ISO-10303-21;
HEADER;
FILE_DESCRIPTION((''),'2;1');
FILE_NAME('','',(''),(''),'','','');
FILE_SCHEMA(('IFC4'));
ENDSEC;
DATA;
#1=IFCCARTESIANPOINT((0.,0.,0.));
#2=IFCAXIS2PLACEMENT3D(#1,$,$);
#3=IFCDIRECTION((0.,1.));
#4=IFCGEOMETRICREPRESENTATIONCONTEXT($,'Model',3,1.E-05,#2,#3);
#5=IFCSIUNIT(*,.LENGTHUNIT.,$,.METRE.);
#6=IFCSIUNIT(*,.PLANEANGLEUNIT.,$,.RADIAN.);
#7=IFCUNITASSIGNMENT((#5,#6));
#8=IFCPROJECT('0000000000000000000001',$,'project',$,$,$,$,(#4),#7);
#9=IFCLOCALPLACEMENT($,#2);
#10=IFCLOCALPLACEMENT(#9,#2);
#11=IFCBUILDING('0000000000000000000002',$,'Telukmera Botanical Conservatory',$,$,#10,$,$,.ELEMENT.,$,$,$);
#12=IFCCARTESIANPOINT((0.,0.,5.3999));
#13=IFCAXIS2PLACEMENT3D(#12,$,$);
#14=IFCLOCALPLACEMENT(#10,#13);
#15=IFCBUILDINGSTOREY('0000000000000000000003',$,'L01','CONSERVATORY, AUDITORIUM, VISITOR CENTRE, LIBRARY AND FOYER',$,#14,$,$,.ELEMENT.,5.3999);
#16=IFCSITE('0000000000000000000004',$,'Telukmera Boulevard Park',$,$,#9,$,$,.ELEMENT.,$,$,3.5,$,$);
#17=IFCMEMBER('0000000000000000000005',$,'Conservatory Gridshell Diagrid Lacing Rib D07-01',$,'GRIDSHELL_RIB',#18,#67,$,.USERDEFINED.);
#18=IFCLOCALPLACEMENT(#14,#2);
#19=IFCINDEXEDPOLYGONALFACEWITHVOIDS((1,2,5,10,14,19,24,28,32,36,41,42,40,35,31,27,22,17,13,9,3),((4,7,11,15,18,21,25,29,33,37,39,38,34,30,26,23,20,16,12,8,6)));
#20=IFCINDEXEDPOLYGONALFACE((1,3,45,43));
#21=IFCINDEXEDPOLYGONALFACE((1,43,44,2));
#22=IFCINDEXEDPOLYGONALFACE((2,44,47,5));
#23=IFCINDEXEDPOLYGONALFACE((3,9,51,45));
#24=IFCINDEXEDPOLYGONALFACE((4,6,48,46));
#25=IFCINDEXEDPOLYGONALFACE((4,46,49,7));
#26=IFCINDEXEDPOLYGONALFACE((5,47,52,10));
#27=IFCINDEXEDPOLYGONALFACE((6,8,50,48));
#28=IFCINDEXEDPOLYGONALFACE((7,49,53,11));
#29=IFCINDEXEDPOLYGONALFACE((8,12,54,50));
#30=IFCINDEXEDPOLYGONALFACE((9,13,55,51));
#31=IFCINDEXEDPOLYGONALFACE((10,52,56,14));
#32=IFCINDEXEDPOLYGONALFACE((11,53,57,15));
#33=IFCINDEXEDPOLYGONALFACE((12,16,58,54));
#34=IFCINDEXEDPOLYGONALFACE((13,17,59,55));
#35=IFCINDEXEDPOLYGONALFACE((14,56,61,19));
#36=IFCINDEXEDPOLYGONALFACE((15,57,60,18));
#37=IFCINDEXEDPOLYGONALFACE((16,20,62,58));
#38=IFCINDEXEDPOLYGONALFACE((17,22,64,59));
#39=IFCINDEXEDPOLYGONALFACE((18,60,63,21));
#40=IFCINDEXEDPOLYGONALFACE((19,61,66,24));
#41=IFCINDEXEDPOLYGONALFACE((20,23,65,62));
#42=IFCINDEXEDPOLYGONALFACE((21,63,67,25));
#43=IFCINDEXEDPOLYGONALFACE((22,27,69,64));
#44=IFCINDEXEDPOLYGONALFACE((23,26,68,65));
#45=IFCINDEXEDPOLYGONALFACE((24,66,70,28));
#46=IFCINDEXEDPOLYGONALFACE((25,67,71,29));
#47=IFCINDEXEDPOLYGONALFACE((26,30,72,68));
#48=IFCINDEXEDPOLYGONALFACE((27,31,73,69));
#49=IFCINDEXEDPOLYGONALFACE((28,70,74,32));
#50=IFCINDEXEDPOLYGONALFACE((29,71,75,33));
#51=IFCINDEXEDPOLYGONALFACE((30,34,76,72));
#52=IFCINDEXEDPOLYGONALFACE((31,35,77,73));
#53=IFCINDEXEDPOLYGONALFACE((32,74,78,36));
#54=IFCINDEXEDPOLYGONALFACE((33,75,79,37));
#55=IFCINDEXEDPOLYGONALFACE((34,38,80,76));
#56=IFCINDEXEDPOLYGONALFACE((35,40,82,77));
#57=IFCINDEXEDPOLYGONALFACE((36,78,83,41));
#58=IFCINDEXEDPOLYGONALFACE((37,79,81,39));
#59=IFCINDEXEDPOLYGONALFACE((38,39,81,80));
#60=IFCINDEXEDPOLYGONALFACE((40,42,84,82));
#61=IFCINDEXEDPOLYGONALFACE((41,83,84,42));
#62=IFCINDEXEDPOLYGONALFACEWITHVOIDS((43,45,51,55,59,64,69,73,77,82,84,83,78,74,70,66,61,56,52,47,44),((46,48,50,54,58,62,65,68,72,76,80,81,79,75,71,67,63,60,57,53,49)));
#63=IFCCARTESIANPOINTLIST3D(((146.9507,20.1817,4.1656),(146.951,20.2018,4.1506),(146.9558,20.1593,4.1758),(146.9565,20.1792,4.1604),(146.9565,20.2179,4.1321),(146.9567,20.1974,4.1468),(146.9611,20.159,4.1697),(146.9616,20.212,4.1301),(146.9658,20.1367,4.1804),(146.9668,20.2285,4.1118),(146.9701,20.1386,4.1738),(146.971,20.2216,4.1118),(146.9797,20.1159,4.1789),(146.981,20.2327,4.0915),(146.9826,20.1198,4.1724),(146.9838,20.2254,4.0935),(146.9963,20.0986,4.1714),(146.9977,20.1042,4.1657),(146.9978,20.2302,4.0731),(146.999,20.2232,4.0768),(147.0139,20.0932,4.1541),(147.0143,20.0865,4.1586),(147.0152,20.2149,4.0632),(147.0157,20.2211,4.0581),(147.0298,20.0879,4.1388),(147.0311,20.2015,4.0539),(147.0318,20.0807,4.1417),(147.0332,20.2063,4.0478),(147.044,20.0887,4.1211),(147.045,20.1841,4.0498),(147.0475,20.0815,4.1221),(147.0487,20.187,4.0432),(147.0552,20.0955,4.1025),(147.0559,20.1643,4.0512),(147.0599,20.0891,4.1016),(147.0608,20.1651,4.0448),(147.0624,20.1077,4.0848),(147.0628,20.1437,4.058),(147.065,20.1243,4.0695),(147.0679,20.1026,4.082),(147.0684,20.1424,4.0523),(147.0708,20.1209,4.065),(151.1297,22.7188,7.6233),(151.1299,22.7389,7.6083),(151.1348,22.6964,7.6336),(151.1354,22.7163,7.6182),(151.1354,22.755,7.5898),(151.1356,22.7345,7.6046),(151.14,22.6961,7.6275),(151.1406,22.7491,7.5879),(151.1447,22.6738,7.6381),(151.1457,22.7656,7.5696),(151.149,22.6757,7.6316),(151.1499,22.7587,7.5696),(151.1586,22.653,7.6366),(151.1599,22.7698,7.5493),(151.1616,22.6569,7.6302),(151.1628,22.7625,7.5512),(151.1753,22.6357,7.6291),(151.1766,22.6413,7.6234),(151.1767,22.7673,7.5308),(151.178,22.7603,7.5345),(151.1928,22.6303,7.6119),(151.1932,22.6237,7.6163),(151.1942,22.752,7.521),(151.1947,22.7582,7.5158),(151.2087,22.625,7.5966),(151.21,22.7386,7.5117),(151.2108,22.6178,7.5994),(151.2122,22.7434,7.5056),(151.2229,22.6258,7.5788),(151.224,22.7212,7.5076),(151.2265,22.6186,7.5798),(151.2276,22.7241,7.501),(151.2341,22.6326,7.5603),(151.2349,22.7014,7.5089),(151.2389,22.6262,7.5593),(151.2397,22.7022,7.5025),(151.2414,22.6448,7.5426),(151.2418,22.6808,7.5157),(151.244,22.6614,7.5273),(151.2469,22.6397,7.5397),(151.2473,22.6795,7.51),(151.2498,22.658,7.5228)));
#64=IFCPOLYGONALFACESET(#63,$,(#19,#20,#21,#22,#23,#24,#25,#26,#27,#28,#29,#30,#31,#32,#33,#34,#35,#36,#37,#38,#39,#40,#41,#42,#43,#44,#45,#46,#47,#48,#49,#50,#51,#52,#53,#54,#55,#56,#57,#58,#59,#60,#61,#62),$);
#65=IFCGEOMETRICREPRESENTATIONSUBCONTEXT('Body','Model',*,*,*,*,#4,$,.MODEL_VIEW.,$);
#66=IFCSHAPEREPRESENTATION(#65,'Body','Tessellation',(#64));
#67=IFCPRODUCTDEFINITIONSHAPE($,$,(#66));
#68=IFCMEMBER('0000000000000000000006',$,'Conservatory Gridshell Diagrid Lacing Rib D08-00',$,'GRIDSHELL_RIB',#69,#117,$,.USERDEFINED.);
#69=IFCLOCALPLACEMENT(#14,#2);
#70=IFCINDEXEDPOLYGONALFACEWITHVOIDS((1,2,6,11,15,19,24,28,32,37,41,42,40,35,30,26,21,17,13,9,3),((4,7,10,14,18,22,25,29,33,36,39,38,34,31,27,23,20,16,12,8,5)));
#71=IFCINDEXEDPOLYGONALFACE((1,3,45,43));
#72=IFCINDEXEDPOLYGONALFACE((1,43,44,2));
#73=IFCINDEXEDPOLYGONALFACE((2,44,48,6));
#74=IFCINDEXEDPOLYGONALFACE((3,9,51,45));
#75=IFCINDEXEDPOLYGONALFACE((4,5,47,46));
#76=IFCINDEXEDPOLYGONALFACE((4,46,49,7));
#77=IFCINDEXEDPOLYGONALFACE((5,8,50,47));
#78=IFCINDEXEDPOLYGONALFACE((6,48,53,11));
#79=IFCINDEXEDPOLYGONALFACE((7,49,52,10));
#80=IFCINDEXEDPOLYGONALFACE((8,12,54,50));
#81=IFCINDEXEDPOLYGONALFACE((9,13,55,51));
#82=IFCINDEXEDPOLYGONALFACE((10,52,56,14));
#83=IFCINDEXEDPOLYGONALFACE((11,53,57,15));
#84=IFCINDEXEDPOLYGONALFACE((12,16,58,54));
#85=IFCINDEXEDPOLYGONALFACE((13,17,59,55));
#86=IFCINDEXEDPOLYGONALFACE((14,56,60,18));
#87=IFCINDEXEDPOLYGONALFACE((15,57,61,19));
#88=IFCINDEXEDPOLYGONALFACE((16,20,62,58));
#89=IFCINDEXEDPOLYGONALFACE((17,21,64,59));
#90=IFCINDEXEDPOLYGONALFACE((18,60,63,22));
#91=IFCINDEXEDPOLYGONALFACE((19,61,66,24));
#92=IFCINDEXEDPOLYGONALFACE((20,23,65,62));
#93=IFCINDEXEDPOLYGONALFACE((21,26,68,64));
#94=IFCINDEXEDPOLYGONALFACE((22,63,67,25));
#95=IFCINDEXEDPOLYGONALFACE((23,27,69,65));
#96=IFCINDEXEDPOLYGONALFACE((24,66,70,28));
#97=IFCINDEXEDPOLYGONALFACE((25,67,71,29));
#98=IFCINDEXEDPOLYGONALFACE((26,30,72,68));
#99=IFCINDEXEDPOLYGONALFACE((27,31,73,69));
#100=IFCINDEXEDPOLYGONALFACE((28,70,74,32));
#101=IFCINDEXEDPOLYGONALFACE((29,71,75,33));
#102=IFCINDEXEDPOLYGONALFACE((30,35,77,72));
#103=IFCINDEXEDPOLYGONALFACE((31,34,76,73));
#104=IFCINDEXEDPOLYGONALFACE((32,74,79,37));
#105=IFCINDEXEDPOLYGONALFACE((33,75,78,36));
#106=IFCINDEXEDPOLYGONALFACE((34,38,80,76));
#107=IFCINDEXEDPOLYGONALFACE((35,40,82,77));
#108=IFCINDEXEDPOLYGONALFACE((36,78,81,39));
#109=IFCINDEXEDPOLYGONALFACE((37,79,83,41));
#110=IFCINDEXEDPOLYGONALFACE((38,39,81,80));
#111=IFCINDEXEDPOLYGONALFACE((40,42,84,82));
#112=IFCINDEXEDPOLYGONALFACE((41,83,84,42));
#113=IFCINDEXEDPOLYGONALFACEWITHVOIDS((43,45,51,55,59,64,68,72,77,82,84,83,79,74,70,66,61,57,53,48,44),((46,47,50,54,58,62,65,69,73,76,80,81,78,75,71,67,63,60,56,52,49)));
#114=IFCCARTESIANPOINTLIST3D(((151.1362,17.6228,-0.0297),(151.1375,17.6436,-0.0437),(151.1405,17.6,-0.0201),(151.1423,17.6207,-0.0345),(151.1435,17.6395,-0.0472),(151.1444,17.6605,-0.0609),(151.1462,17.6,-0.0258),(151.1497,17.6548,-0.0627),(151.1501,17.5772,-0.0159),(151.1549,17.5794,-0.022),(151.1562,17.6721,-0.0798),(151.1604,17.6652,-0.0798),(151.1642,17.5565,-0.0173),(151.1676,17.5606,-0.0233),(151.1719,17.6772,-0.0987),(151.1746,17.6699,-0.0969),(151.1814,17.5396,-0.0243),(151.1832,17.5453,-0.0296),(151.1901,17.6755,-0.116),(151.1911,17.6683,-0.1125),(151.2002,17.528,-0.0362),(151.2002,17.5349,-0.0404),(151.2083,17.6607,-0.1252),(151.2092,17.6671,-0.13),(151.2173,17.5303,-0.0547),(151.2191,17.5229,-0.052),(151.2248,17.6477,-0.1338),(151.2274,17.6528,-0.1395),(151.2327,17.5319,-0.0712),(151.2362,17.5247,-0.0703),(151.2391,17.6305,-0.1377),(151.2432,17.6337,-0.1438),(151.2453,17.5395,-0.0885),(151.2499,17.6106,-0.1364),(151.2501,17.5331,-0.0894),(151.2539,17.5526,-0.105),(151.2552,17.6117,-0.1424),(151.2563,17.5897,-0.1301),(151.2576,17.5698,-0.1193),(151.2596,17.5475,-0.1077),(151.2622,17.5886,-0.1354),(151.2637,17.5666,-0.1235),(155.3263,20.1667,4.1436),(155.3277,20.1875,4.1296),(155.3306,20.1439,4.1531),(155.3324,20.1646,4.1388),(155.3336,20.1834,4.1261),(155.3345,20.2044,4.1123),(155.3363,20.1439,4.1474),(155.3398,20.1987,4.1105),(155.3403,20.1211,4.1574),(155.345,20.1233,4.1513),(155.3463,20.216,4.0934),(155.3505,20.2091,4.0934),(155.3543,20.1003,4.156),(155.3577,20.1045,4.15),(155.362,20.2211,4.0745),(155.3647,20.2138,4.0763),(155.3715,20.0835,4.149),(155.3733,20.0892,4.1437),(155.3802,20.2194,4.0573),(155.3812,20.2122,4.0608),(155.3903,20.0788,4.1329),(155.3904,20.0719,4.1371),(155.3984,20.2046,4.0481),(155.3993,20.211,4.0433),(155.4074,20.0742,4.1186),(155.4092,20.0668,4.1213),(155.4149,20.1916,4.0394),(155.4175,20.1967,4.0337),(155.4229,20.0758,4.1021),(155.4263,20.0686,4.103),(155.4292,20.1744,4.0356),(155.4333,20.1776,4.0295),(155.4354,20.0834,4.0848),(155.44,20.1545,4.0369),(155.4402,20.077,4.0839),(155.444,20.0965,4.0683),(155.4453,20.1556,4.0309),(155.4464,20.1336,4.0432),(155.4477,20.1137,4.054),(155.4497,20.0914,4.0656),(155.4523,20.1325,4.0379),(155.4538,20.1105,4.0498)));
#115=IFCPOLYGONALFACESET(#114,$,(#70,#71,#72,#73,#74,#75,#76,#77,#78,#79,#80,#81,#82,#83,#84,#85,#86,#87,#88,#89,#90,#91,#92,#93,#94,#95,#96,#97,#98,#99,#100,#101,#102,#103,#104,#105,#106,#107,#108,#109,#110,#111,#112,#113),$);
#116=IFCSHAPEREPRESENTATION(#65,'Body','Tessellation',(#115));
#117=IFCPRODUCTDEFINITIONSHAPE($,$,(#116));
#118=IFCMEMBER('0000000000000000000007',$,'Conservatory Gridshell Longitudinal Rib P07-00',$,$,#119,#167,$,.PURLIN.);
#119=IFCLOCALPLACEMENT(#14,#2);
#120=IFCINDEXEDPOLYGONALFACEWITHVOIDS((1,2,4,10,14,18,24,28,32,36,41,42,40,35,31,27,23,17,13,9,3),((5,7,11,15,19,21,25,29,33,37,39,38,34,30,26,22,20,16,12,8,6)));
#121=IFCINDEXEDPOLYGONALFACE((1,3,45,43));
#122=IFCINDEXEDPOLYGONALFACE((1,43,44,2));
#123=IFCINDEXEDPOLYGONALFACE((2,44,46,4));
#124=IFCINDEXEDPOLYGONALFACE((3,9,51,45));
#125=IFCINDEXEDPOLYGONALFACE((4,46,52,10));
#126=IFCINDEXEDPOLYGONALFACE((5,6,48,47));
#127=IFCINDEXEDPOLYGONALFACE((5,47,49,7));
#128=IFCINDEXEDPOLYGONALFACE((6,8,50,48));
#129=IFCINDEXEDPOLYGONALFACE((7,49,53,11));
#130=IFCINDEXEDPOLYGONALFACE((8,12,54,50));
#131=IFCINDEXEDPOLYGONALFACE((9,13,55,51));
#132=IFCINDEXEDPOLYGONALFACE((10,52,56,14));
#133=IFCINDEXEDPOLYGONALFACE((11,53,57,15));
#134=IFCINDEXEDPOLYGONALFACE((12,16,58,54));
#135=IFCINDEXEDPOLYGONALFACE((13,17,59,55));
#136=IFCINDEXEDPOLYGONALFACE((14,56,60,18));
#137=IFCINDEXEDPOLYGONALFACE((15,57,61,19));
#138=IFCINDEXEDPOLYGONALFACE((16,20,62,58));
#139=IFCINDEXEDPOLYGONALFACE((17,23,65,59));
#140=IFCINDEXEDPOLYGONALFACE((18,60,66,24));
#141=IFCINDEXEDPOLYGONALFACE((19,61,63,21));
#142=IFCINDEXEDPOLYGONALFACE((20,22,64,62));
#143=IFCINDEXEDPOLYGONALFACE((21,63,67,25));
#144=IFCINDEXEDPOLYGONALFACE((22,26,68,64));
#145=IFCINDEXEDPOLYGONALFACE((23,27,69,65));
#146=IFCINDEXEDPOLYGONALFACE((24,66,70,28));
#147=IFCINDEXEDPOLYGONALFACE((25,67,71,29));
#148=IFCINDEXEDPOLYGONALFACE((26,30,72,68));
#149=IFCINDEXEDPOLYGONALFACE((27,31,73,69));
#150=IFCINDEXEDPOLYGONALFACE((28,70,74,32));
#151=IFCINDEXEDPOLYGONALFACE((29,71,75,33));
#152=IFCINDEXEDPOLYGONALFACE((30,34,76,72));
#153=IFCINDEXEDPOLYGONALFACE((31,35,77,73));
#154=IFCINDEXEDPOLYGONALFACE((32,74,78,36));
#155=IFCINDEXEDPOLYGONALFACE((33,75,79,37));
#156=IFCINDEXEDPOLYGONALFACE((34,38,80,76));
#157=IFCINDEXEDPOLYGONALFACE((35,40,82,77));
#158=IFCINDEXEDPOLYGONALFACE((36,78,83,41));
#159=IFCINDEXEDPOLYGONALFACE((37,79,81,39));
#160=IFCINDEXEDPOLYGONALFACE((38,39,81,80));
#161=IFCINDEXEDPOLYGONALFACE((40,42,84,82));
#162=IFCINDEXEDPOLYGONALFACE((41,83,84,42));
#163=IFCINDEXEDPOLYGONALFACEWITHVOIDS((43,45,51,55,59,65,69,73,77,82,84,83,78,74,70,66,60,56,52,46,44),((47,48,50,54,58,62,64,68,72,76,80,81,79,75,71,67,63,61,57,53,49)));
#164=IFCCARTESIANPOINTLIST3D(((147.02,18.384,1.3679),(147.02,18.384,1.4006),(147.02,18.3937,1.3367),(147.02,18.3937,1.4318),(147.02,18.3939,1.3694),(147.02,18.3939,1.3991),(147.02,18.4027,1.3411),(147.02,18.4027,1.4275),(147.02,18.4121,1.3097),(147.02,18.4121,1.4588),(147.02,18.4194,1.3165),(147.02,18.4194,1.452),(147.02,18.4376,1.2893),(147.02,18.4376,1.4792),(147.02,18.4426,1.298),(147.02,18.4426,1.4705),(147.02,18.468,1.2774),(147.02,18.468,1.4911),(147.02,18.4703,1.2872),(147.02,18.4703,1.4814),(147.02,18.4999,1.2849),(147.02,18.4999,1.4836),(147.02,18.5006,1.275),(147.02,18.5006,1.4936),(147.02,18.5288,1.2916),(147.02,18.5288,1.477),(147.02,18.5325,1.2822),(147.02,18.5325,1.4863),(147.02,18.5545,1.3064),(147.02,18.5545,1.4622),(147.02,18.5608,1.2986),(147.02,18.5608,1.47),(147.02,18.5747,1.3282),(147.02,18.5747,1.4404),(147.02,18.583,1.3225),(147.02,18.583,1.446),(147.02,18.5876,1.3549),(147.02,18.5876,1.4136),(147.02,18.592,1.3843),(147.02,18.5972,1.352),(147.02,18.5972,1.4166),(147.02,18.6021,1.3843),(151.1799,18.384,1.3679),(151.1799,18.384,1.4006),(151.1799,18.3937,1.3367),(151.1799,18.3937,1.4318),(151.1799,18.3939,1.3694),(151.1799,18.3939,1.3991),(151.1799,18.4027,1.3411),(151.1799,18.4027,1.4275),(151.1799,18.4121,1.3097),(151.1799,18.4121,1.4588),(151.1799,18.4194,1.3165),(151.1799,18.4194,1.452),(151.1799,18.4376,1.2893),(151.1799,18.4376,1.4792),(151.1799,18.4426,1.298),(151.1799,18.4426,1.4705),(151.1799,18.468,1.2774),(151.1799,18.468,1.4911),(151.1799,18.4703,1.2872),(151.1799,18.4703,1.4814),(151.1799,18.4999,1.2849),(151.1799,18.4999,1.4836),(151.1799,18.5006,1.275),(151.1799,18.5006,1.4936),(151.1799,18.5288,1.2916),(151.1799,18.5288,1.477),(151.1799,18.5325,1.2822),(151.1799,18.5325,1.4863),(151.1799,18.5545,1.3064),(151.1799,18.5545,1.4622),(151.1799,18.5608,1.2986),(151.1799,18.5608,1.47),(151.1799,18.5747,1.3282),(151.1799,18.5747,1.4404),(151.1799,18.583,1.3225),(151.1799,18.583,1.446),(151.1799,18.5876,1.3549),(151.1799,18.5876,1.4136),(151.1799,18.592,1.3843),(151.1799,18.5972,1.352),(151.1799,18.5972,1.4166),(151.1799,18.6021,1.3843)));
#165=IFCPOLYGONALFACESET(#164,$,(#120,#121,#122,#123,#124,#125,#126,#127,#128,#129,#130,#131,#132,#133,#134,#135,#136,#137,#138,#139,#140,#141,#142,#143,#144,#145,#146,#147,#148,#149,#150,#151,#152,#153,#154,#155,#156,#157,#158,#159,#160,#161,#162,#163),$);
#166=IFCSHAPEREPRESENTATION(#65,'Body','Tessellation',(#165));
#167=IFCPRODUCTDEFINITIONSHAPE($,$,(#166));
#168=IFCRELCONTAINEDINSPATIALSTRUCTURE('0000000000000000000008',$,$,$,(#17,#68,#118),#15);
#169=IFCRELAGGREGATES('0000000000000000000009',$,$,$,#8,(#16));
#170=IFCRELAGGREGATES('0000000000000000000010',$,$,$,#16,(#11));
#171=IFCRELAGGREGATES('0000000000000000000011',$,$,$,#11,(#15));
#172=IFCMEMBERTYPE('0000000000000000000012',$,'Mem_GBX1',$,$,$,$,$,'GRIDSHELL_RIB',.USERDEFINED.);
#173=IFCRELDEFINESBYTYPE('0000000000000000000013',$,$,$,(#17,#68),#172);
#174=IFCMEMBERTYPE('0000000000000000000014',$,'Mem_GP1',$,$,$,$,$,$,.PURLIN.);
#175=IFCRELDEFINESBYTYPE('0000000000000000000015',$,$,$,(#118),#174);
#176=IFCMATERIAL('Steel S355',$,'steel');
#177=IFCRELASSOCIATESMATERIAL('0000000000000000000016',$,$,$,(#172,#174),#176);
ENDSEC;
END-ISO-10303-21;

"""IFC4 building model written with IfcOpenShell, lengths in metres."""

from ifc_helpers import new_model, si_unit, direction, frame, origin, origin_2d, place, context, subcontext, project, spatial, hollow_circle, extrude, material, material_profile, profile_set, type_object, element, save


model = new_model("IFC4")

# Units and contexts
model_context = context("Model", 3, precision=1e-05, world=origin(), true_north=direction((0.0, 1.0)))
body_context = subcontext(model_context, "Body", "Model", "MODEL_VIEW")
ifc_project = project(units=[si_unit("LENGTHUNIT", "METRE"), si_unit("PLANEANGLEUNIT", "RADIAN")], contexts=[model_context])

# Site, building, storey
site_placement = place(None, origin())
site = spatial("IfcSite", under=ifc_project, at=site_placement, Name="Telukmera Boulevard Park", CompositionType="ELEMENT", RefElevation=3.5)
building_placement = place(site_placement, origin())
building = spatial("IfcBuilding", under=site, at=building_placement, Name="Telukmera Botanical Conservatory", CompositionType="ELEMENT")
storey_placement = place(building_placement, frame((0.0, 0.0, 5.3999)))
storey = spatial("IfcBuildingStorey", under=building, at=storey_placement, Name="L01", Description="CONSERVATORY, AUDITORIUM, VISITOR CENTRE, LIBRARY AND FOYER", CompositionType="ELEMENT", Elevation=5.3999)

# Shared definitions
ifc_material_1 = material(Name="Steel S355", Category="steel")

# Members
ifc_material_profile_1 = material_profile(ifc_material_1, hollow_circle(Radius=0.0842, WallThickness=0.0081, at=origin_2d()), Name="CHS 168.3x8.0")
ifc_profile_set_1 = profile_set([ifc_material_profile_1], Name="Steel S355")
member_type_1 = type_object("IfcMemberType", Name="Mem_GBX1", ElementType="GRIDSHELL_RIB", PredefinedType="USERDEFINED", material=ifc_profile_set_1)
member_1_placement = place(storey_placement, frame((147.0105, 20.1565, 4.1118), z_axis=(0.697883, 0.423696, 0.577444), x_axis=(-0.518961, 0.854798, 0.0)))
element("IfcMember", 1, at=member_1_placement, inside=storey, type_object=member_type_1, Name="Conservatory Gridshell Diagrid Lacing Rib D07-01", ObjectType="GRIDSHELL_RIB", PredefinedType="USERDEFINED", context=body_context, shape_type="SweptSolid", body=[
    extrude(hollow_circle(Radius=0.0842, WallThickness=0.0081, at=origin_2d()), origin(), (0.0, 0.0, 1.0), 5.988),
])
member_2_placement = place(storey_placement, frame((151.2, 17.6001, -0.0798), z_axis=(0.650866, 0.395154, 0.648249), x_axis=(-0.518964, 0.854796, 0.0)))
element("IfcMember", 2, at=member_2_placement, inside=storey, type_object=member_type_1, Name="Conservatory Gridshell Diagrid Lacing Rib D08-00", ObjectType="GRIDSHELL_RIB", PredefinedType="USERDEFINED", context=body_context, shape_type="SweptSolid", body=[
    extrude(hollow_circle(Radius=0.0842, WallThickness=0.0081, at=origin_2d()), origin(), (0.0, 0.0, 1.0), 6.4377),
])
ifc_material_profile_2 = material_profile(ifc_material_1, hollow_circle(Radius=0.1096, WallThickness=0.01, at=origin_2d()), Name="CHS 219.1x10.0")
ifc_profile_set_2 = profile_set([ifc_material_profile_2], Name="Steel S355")
member_type_2 = type_object("IfcMemberType", Name="Mem_GP1", PredefinedType="PURLIN", material=ifc_profile_set_2)
for number, where, z_axis, x_axis, name in (
    (3, (147.02, 18.4924, 1.3843), (1.0, 0.0, 0.0), (0.0, 1.0, 0.0), "Conservatory Gridshell Longitudinal Rib P07-00"),
):
    element("IfcMember", number, at=place(storey_placement, frame(where, z_axis=z_axis, x_axis=x_axis)), inside=storey, type_object=member_type_2, Name=name, PredefinedType="PURLIN", context=body_context, shape_type="SweptSolid", body=[
        extrude(hollow_circle(Radius=0.1096, WallThickness=0.01, at=origin_2d()), origin(), (0.0, 0.0, 1.0), 4.1599),
    ])

save(model, "model.ifc")
